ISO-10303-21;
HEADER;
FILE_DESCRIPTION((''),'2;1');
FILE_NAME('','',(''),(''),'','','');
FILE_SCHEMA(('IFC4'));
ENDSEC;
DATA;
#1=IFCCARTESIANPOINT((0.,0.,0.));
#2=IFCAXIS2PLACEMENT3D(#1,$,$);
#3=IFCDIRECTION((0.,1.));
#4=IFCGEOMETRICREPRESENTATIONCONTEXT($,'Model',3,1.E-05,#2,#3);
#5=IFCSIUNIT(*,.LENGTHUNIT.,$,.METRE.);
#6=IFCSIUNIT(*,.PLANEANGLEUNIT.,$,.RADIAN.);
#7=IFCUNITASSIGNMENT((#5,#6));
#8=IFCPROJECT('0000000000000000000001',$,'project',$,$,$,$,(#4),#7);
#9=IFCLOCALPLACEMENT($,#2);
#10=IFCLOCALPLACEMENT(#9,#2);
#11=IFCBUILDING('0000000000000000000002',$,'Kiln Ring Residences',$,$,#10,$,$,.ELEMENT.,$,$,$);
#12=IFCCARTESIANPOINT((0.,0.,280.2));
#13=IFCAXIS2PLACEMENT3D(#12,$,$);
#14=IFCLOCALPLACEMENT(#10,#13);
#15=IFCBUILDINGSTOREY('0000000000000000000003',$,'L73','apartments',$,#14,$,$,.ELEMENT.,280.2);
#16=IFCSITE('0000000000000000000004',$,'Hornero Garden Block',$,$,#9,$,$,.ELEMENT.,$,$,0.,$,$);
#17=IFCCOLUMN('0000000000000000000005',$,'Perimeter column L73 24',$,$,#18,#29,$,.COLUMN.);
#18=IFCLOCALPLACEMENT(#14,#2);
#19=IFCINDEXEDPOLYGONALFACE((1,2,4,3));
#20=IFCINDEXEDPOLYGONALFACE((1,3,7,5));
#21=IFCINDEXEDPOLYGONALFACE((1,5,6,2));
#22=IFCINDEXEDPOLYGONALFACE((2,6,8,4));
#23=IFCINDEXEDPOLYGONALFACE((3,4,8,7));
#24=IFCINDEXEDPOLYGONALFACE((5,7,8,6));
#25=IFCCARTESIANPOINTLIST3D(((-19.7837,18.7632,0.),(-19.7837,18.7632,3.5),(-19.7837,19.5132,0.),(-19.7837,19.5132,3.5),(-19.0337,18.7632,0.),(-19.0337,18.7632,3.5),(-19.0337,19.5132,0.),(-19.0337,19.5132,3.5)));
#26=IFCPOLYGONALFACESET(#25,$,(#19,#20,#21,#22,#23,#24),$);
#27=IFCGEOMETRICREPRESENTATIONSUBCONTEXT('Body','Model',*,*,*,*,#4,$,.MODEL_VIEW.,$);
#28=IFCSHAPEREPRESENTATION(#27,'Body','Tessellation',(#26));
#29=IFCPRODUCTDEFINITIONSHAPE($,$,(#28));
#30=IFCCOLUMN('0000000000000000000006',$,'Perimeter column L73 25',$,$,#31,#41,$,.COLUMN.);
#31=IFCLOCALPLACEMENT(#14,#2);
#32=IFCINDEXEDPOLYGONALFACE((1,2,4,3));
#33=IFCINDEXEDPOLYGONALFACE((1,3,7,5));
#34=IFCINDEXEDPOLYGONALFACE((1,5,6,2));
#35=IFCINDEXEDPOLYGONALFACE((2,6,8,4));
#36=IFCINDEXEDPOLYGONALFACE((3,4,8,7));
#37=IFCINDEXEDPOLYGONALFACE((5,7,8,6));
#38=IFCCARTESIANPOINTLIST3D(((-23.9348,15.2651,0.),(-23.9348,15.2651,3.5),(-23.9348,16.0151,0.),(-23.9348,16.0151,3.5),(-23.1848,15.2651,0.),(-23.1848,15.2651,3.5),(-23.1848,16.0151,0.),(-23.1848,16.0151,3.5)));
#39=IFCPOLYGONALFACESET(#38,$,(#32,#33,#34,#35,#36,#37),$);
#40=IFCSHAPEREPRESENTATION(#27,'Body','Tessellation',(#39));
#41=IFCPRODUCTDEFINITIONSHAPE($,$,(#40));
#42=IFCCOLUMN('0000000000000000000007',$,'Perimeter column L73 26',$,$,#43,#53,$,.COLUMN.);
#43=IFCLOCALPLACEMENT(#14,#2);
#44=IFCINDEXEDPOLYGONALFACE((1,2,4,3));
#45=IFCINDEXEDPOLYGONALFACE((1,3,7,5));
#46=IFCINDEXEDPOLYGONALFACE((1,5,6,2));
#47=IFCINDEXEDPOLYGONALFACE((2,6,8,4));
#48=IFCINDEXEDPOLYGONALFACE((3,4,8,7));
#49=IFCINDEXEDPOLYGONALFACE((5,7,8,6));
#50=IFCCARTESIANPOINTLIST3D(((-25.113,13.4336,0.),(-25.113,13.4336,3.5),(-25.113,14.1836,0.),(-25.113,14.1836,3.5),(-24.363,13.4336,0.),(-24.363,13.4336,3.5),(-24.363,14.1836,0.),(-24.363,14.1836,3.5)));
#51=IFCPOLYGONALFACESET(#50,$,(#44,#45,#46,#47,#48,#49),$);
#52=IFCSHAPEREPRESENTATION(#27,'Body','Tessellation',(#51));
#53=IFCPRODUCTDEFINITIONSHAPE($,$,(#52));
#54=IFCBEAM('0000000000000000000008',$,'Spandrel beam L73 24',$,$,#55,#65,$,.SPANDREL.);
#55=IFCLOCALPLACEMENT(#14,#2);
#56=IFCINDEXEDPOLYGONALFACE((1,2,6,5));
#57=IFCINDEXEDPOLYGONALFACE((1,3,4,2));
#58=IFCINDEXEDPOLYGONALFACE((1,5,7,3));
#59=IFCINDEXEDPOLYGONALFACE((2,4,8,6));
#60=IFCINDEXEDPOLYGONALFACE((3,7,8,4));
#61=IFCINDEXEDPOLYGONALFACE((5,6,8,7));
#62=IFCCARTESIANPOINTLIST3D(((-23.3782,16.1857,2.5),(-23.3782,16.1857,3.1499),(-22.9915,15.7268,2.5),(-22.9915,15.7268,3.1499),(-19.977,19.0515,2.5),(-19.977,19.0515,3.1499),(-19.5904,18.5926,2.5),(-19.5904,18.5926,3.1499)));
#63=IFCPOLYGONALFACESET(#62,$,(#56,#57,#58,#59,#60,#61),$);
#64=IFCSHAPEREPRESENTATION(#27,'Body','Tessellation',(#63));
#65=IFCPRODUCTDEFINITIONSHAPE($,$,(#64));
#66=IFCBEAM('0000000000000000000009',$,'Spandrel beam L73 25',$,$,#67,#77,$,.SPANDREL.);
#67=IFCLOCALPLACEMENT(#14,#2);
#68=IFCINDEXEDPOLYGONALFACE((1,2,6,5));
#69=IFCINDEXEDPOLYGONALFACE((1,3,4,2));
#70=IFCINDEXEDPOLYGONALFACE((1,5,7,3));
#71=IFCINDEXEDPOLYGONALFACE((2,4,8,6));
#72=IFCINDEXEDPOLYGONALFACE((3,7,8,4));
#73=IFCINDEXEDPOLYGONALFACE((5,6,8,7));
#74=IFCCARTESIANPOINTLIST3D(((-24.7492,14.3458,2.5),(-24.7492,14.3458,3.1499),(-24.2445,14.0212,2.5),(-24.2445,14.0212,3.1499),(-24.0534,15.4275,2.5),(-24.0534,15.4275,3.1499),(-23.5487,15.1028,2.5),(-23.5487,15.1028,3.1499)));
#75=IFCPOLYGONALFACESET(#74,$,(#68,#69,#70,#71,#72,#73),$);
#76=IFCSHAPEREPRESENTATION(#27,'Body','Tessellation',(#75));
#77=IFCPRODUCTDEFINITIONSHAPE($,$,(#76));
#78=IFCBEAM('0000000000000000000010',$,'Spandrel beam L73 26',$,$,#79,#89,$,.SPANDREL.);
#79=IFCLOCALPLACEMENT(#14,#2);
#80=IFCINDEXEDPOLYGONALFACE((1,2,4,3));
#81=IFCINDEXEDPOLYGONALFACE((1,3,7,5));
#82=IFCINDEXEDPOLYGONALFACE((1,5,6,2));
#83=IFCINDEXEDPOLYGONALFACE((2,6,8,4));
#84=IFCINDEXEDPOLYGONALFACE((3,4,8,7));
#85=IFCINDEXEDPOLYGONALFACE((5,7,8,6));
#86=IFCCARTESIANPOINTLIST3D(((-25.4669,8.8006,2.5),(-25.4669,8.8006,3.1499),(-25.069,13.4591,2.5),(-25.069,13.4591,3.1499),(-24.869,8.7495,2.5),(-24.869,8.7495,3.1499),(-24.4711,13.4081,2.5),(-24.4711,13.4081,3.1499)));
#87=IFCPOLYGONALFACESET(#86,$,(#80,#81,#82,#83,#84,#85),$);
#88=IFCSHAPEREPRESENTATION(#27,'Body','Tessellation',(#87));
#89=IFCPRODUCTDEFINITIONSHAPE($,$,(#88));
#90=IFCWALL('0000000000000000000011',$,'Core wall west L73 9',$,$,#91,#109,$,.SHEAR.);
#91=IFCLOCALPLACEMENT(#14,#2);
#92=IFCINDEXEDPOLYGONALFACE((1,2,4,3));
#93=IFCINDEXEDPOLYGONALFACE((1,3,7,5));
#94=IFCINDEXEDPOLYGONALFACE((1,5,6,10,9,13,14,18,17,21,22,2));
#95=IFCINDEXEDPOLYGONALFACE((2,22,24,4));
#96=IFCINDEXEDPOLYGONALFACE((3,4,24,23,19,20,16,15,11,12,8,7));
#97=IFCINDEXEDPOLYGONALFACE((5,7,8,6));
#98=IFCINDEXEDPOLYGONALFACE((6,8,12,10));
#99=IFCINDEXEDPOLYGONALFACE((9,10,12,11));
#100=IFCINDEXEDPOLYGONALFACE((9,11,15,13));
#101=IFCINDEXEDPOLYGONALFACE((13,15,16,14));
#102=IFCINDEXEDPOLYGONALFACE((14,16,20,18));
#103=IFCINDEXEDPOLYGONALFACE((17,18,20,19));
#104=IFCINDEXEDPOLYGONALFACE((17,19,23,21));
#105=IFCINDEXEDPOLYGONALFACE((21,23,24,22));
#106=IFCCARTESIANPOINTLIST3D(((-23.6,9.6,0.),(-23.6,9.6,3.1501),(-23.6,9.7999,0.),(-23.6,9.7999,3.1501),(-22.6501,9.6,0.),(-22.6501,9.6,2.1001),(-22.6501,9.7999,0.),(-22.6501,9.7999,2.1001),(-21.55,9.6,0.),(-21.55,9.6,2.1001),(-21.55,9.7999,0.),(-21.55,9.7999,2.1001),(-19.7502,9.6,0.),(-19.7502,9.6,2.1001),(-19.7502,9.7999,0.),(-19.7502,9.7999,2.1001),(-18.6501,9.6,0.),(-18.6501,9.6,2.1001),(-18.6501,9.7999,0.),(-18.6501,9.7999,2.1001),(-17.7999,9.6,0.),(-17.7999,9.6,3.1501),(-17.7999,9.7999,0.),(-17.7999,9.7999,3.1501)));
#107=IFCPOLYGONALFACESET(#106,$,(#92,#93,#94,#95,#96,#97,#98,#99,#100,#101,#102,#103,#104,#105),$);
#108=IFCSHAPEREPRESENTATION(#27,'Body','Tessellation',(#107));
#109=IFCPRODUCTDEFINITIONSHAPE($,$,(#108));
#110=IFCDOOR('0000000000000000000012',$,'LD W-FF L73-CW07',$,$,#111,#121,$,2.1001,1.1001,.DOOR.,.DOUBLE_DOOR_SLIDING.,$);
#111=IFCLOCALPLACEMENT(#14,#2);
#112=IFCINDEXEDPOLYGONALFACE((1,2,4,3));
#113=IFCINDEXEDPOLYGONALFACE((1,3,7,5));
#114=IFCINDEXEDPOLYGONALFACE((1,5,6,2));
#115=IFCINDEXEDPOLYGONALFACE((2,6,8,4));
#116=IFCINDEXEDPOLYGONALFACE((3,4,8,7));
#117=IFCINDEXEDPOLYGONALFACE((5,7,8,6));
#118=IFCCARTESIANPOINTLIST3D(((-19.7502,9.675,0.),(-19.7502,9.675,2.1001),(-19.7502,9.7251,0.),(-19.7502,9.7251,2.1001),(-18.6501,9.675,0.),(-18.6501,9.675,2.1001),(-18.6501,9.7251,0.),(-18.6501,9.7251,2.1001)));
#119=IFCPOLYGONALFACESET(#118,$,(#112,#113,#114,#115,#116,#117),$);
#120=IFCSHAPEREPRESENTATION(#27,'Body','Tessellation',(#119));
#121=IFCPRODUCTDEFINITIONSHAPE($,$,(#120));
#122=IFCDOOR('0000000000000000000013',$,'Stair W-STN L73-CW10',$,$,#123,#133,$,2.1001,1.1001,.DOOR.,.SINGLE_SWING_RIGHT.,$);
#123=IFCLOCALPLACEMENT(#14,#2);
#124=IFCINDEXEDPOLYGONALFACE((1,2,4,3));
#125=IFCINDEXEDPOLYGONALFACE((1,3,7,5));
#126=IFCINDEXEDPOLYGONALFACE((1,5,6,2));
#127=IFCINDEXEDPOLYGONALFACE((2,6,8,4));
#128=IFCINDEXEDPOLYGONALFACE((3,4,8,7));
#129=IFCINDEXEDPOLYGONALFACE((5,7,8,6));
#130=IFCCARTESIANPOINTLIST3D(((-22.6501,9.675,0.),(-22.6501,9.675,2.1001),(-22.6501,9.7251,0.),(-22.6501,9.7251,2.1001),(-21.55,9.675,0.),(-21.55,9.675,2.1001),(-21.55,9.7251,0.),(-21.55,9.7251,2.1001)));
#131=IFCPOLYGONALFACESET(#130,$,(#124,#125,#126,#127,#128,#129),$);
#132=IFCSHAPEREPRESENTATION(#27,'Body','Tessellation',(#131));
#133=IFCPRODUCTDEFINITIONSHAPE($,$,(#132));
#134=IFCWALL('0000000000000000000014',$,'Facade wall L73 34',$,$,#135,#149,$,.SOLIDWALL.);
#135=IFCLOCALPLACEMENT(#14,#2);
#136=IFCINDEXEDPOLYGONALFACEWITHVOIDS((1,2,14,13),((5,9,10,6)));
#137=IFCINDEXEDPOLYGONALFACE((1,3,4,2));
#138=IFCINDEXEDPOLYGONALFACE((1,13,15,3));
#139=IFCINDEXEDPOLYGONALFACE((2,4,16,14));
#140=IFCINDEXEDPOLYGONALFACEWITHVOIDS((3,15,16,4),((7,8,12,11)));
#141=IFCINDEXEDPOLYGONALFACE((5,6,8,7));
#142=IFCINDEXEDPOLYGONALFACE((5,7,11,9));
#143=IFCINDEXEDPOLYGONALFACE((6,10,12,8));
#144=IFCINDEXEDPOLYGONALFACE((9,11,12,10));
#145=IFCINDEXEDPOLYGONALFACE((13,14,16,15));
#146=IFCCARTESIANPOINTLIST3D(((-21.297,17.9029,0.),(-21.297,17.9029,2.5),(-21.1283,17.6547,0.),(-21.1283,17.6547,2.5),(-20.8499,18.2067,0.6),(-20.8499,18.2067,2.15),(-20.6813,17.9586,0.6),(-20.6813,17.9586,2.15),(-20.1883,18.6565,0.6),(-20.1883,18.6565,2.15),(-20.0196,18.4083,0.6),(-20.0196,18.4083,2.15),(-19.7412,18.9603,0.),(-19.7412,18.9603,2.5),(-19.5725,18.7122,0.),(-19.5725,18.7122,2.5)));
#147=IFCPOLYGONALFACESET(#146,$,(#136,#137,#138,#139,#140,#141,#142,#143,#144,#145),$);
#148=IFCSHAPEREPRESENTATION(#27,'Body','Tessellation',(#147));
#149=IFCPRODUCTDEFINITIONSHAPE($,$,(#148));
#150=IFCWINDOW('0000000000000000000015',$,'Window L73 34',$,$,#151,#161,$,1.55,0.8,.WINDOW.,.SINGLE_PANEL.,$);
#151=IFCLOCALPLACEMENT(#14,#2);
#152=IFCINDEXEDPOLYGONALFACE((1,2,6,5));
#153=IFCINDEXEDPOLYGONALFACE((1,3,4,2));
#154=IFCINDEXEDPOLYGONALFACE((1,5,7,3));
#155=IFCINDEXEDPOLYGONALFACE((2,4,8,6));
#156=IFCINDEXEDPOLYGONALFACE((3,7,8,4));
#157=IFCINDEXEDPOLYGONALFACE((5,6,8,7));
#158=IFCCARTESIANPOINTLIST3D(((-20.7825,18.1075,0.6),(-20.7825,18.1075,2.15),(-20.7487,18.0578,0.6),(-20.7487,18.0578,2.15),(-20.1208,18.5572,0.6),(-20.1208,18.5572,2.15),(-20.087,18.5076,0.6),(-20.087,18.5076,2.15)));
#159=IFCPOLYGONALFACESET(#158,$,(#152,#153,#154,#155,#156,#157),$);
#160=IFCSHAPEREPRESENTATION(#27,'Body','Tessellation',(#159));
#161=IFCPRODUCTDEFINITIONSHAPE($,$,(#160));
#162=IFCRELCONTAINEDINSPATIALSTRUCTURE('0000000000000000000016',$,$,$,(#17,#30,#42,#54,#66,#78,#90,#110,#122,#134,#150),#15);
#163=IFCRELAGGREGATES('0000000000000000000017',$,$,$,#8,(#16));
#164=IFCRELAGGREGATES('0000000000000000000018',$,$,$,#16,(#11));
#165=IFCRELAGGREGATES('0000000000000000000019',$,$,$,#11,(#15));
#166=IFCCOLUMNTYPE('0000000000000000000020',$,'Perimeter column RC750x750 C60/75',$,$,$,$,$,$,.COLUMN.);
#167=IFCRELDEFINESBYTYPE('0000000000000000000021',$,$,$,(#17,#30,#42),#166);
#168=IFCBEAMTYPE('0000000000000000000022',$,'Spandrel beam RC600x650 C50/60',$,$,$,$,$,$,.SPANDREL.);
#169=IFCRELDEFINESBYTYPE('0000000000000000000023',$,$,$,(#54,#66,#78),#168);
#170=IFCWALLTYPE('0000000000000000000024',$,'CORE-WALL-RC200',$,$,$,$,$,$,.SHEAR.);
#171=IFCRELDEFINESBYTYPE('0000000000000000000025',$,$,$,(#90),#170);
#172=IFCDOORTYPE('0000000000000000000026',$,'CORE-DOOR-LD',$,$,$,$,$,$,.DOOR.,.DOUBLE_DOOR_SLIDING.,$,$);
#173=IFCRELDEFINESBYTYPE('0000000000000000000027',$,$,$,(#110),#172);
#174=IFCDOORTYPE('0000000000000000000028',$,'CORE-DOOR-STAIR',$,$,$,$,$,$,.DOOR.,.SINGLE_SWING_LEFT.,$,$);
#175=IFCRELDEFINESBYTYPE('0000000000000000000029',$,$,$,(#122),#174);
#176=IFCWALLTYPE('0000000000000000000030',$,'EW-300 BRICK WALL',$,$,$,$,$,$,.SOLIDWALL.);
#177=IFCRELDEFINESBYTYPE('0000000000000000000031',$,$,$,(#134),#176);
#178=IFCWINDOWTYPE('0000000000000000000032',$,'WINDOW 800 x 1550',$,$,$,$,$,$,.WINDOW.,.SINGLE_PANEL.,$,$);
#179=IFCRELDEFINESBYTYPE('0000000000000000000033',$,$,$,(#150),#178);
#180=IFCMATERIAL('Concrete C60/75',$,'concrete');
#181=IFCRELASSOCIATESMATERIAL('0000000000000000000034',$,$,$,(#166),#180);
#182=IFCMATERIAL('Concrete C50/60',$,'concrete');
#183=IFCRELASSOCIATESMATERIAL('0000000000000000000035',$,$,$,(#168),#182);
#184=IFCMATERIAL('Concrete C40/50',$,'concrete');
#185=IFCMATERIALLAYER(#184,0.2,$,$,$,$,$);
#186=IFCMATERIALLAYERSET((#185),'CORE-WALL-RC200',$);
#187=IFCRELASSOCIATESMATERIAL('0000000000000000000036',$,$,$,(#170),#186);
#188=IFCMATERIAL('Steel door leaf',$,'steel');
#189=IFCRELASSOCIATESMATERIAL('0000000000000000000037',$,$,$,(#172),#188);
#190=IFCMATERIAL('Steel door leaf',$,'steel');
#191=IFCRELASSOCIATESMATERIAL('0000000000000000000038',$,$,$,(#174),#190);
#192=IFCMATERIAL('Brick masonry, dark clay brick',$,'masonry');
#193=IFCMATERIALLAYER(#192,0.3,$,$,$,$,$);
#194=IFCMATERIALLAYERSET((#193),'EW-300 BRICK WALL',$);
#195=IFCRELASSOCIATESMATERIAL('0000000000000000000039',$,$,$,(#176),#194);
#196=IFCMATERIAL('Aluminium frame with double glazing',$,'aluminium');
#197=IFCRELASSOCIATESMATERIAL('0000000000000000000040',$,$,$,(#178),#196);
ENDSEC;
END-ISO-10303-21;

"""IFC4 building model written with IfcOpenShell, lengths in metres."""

from ifc_helpers import new_model, si_unit, direction, frame, frame_2d, origin, origin_2d, place, context, subcontext, project, spatial, rectangle, extrude, material, layer, layer_set, material_profile, profile_set, type_object, element, fill, save


model = new_model("IFC4")

# Units and contexts
model_context = context("Model", 3, precision=1e-05, world=origin(), true_north=direction((0.0, 1.0)))
body_context = subcontext(model_context, "Body", "Model", "MODEL_VIEW")
ifc_project = project(units=[si_unit("LENGTHUNIT", "METRE"), si_unit("PLANEANGLEUNIT", "RADIAN")], contexts=[model_context])

# Site, building, storey
site_placement = place(None, origin())
site = spatial("IfcSite", under=ifc_project, at=site_placement, Name="Hornero Garden Block", CompositionType="ELEMENT", RefElevation=0.0)
building_placement = place(site_placement, origin())
building = spatial("IfcBuilding", under=site, at=building_placement, Name="Kiln Ring Residences", CompositionType="ELEMENT")
storey_placement = place(building_placement, frame((0.0, 0.0, 280.2)))
storey = spatial("IfcBuildingStorey", under=building, at=storey_placement, Name="L73", Description="apartments", CompositionType="ELEMENT", Elevation=280.2)

# Columns
ifc_material_1 = material(Name="Concrete C60/75", Category="concrete")
ifc_material_profile_1 = material_profile(ifc_material_1, rectangle(XDim=0.75, YDim=0.75, at=origin_2d()), Name="RC750x750")
ifc_profile_set_1 = profile_set([ifc_material_profile_1], Name="Concrete C60/75")
column_type = type_object("IfcColumnType", Name="Perimeter column RC750x750 C60/75", PredefinedType="COLUMN", material=ifc_profile_set_1)
for number, where, z_axis, x_axis, name in (
    (1, (-19.4087, 19.1382, 0.0), (0.0, 0.0, 1.0), (1.0, 0.0, 0.0), "Perimeter column L73 24"),
    (2, (-23.5598, 15.6401, 0.0), (0.0, 0.0, 1.0), (1.0, 0.0, 0.0), "Perimeter column L73 25"),
    (3, (-24.738, 13.8086, 0.0), (0.0, 0.0, 1.0), (1.0, 0.0, 0.0), "Perimeter column L73 26"),
):
    element("IfcColumn", number, at=place(storey_placement, frame(where, z_axis=z_axis, x_axis=x_axis)), inside=storey, type_object=column_type, Name=name, PredefinedType="COLUMN", context=body_context, shape_type="SweptSolid", body=[
        extrude(rectangle(XDim=0.75, YDim=0.75, at=origin_2d()), origin(), (0.0, 0.0, 1.0), 3.5),
    ])

# Beams
ifc_material_2 = material(Name="Concrete C50/60", Category="concrete")
ifc_material_profile_2 = material_profile(ifc_material_2, rectangle(XDim=0.6001, YDim=0.6499, at=origin_2d()), Name="RC600x650")
ifc_profile_set_2 = profile_set([ifc_material_profile_2], Name="Concrete C50/60")
beam_type = type_object("IfcBeamType", Name="Spandrel beam RC600x650 C50/60", PredefinedType="SPANDREL", material=ifc_profile_set_2)
beam_1_placement = place(storey_placement, frame((-19.7837, 18.822, 2.825), z_axis=(-0.764732, -0.644349, 0.0), x_axis=(0.644349, -0.764732, 0.0)))
element("IfcBeam", 4, at=beam_1_placement, inside=storey, type_object=beam_type, Name="Spandrel beam L73 24", PredefinedType="SPANDREL", context=body_context, shape_type="SweptSolid", body=[
    extrude(rectangle(XDim=0.6001, YDim=0.6499, at=origin_2d()), origin(), (0.0, 0.0, 1.0), 4.4475),
])
beam_2_placement = place(storey_placement, frame((-23.801, 15.2651, 2.825), z_axis=(-0.541045, -0.840993, 0.0), x_axis=(0.840993, -0.541045, 0.0)))
element("IfcBeam", 5, at=beam_2_placement, inside=storey, type_object=beam_type, Name="Spandrel beam L73 25", PredefinedType="SPANDREL", context=body_context, shape_type="SweptSolid", body=[
    extrude(rectangle(XDim=0.6001, YDim=0.6499, at=origin_2d()), origin(), (0.0, 0.0, 1.0), 1.2861),
])
beam_3_placement = place(storey_placement, frame((-24.77, 13.4336, 2.825), z_axis=(-0.085111, -0.996371, 0.0), x_axis=(0.996371, -0.085111, 0.0)))
element("IfcBeam", 6, at=beam_3_placement, inside=storey, type_object=beam_type, Name="Spandrel beam L73 26", PredefinedType="SPANDREL", context=body_context, shape_type="SweptSolid", body=[
    extrude(rectangle(XDim=0.6001, YDim=0.6499, at=origin_2d()), origin(), (0.0, 0.0, 1.0), 4.6755),
])

# Wall, openings, doors
ifc_material_3 = material(Name="Concrete C40/50", Category="concrete")
ifc_layer_1 = layer(ifc_material_3, 0.2)
ifc_layer_set_1 = layer_set([ifc_layer_1], Name="CORE-WALL-RC200")
wall_type_1 = type_object("IfcWallType", Name="CORE-WALL-RC200", PredefinedType="SHEAR", material=ifc_layer_set_1)
wall_1_placement = place(storey_placement, frame((-17.8, 9.7, 0.0), z_axis=(0.0, 0.0, 1.0), x_axis=(-1.0, 0.0, 0.0)))
wall_1 = element("IfcWall", 7, at=wall_1_placement, inside=storey, type_object=wall_type_1, Name="Core wall west L73 9", PredefinedType="SHEAR", context=body_context, shape_type="SweptSolid", body=[
    extrude(rectangle(XDim=5.8, YDim=0.2, at=frame_2d((2.8999, 0.0))), origin(), (0.0, 0.0, 1.0), 3.1501),
])
opening_1_placement = place(wall_1_placement, frame((0.8501, 0.0, 0.0)))
opening_1 = element("IfcOpeningElement", 8, at=opening_1_placement, cuts=wall_1, PredefinedType="OPENING", context=body_context, shape_type="SweptSolid", body=[
    extrude(rectangle(XDim=1.1001, YDim=2.1001, at=frame_2d((0.55, 1.05))), frame((0.0, 0.1099, 0.0), z_axis=(0.0, -1.0, 0.0), x_axis=(1.0, 0.0, 0.0)), (0.0, 0.0, 1.0), 0.22),
])
opening_2_placement = place(wall_1_placement, frame((3.75, 0.0, 0.0)))
opening_2 = element("IfcOpeningElement", 9, at=opening_2_placement, cuts=wall_1, PredefinedType="OPENING", context=body_context, shape_type="SweptSolid", body=[
    extrude(rectangle(XDim=1.1001, YDim=2.1001, at=frame_2d((0.55, 1.05))), frame((0.0, 0.1099, 0.0), z_axis=(0.0, -1.0, 0.0), x_axis=(1.0, 0.0, 0.0)), (0.0, 0.0, 1.0), 0.22),
])
ifc_material_4 = material(Name="Steel door leaf", Category="steel")
door_type_1 = type_object("IfcDoorType", Name="CORE-DOOR-LD", OperationType="DOUBLE_DOOR_SLIDING", PredefinedType="DOOR", material=ifc_material_4)
door_1_placement = place(opening_1_placement, origin())
door_1 = element("IfcDoor", 10, at=door_1_placement, inside=storey, type_object=door_type_1, Name="LD W-FF L73-CW07", OperationType="DOUBLE_DOOR_SLIDING", OverallHeight=2.1001, OverallWidth=1.1001, PredefinedType="DOOR", context=body_context, shape_type="SweptSolid", body=[
    extrude(rectangle(XDim=1.1001, YDim=2.1001, at=frame_2d((0.55, 1.05))), frame((0.0, 0.0249, 0.0), z_axis=(0.0, -1.0, 0.0), x_axis=(1.0, 0.0, 0.0)), (0.0, 0.0, 1.0), 0.05),
])
fill(opening_1, door_1)
ifc_material_5 = material(Name="Steel door leaf", Category="steel")
door_type_2 = type_object("IfcDoorType", Name="CORE-DOOR-STAIR", OperationType="SINGLE_SWING_LEFT", PredefinedType="DOOR", material=ifc_material_5)
door_2_placement = place(opening_2_placement, origin())
door_2 = element("IfcDoor", 11, at=door_2_placement, inside=storey, type_object=door_type_2, Name="Stair W-STN L73-CW10", OperationType="SINGLE_SWING_RIGHT", OverallHeight=2.1001, OverallWidth=1.1001, PredefinedType="DOOR", context=body_context, shape_type="SweptSolid", body=[
    extrude(rectangle(XDim=1.1001, YDim=2.1001, at=frame_2d((0.55, 1.05))), frame((0.0, 0.0249, 0.0), z_axis=(0.0, -1.0, 0.0), x_axis=(1.0, 0.0, 0.0)), (0.0, 0.0, 1.0), 0.05),
])
fill(opening_2, door_2)

# Wall, opening, window
ifc_material_6 = material(Name="Brick masonry, dark clay brick", Category="masonry")
ifc_layer_2 = layer(ifc_material_6, 0.3)
ifc_layer_set_2 = layer_set([ifc_layer_2], Name="EW-300 BRICK WALL")
wall_type_2 = type_object("IfcWallType", Name="EW-300 BRICK WALL", PredefinedType="SOLIDWALL", material=ifc_layer_set_2)
wall_2_placement = place(storey_placement, frame((-19.657, 18.8362, 0.0), z_axis=(0.0, 0.0, 1.0), x_axis=(-0.827045, -0.562136, 0.0)))
wall_2 = element("IfcWall", 12, at=wall_2_placement, inside=storey, type_object=wall_type_2, Name="Facade wall L73 34", PredefinedType="SOLIDWALL", context=body_context, shape_type="SweptSolid", body=[
    extrude(rectangle(XDim=1.8811, YDim=0.3, at=frame_2d((0.9404, 0.0))), origin(), (0.0, 0.0, 1.0), 2.5),
])
opening_3_placement = place(wall_2_placement, frame((0.5405, 0.0, 0.6001)))
opening_3 = element("IfcOpeningElement", 13, at=opening_3_placement, cuts=wall_2, PredefinedType="OPENING", context=body_context, shape_type="SweptSolid", body=[
    extrude(rectangle(XDim=0.8, YDim=1.55, at=frame_2d((0.3999, 0.7749))), frame((0.0, 0.1599, 0.0), z_axis=(0.0, -1.0, 0.0), x_axis=(1.0, 0.0, 0.0)), (0.0, 0.0, 1.0), 0.3201),
])
ifc_material_7 = material(Name="Aluminium frame with double glazing", Category="aluminium")
window_type_1 = type_object("IfcWindowType", Name="WINDOW 800 x 1550", PartitioningType="SINGLE_PANEL", PredefinedType="WINDOW", material=ifc_material_7)
window_1_placement = place(opening_3_placement, origin())
window_1 = element("IfcWindow", 14, at=window_1_placement, inside=storey, type_object=window_type_1, Name="Window L73 34", OverallHeight=1.55, OverallWidth=0.8, PartitioningType="SINGLE_PANEL", PredefinedType="WINDOW", context=body_context, shape_type="SweptSolid", body=[
    extrude(rectangle(XDim=0.8, YDim=1.55, at=frame_2d((0.3999, 0.7749))), frame((0.0, 0.03, 0.0), z_axis=(0.0, -1.0, 0.0), x_axis=(1.0, 0.0, 0.0)), (0.0, 0.0, 1.0), 0.0601),
])
fill(opening_3, window_1)

save(model, "model.ifc")
